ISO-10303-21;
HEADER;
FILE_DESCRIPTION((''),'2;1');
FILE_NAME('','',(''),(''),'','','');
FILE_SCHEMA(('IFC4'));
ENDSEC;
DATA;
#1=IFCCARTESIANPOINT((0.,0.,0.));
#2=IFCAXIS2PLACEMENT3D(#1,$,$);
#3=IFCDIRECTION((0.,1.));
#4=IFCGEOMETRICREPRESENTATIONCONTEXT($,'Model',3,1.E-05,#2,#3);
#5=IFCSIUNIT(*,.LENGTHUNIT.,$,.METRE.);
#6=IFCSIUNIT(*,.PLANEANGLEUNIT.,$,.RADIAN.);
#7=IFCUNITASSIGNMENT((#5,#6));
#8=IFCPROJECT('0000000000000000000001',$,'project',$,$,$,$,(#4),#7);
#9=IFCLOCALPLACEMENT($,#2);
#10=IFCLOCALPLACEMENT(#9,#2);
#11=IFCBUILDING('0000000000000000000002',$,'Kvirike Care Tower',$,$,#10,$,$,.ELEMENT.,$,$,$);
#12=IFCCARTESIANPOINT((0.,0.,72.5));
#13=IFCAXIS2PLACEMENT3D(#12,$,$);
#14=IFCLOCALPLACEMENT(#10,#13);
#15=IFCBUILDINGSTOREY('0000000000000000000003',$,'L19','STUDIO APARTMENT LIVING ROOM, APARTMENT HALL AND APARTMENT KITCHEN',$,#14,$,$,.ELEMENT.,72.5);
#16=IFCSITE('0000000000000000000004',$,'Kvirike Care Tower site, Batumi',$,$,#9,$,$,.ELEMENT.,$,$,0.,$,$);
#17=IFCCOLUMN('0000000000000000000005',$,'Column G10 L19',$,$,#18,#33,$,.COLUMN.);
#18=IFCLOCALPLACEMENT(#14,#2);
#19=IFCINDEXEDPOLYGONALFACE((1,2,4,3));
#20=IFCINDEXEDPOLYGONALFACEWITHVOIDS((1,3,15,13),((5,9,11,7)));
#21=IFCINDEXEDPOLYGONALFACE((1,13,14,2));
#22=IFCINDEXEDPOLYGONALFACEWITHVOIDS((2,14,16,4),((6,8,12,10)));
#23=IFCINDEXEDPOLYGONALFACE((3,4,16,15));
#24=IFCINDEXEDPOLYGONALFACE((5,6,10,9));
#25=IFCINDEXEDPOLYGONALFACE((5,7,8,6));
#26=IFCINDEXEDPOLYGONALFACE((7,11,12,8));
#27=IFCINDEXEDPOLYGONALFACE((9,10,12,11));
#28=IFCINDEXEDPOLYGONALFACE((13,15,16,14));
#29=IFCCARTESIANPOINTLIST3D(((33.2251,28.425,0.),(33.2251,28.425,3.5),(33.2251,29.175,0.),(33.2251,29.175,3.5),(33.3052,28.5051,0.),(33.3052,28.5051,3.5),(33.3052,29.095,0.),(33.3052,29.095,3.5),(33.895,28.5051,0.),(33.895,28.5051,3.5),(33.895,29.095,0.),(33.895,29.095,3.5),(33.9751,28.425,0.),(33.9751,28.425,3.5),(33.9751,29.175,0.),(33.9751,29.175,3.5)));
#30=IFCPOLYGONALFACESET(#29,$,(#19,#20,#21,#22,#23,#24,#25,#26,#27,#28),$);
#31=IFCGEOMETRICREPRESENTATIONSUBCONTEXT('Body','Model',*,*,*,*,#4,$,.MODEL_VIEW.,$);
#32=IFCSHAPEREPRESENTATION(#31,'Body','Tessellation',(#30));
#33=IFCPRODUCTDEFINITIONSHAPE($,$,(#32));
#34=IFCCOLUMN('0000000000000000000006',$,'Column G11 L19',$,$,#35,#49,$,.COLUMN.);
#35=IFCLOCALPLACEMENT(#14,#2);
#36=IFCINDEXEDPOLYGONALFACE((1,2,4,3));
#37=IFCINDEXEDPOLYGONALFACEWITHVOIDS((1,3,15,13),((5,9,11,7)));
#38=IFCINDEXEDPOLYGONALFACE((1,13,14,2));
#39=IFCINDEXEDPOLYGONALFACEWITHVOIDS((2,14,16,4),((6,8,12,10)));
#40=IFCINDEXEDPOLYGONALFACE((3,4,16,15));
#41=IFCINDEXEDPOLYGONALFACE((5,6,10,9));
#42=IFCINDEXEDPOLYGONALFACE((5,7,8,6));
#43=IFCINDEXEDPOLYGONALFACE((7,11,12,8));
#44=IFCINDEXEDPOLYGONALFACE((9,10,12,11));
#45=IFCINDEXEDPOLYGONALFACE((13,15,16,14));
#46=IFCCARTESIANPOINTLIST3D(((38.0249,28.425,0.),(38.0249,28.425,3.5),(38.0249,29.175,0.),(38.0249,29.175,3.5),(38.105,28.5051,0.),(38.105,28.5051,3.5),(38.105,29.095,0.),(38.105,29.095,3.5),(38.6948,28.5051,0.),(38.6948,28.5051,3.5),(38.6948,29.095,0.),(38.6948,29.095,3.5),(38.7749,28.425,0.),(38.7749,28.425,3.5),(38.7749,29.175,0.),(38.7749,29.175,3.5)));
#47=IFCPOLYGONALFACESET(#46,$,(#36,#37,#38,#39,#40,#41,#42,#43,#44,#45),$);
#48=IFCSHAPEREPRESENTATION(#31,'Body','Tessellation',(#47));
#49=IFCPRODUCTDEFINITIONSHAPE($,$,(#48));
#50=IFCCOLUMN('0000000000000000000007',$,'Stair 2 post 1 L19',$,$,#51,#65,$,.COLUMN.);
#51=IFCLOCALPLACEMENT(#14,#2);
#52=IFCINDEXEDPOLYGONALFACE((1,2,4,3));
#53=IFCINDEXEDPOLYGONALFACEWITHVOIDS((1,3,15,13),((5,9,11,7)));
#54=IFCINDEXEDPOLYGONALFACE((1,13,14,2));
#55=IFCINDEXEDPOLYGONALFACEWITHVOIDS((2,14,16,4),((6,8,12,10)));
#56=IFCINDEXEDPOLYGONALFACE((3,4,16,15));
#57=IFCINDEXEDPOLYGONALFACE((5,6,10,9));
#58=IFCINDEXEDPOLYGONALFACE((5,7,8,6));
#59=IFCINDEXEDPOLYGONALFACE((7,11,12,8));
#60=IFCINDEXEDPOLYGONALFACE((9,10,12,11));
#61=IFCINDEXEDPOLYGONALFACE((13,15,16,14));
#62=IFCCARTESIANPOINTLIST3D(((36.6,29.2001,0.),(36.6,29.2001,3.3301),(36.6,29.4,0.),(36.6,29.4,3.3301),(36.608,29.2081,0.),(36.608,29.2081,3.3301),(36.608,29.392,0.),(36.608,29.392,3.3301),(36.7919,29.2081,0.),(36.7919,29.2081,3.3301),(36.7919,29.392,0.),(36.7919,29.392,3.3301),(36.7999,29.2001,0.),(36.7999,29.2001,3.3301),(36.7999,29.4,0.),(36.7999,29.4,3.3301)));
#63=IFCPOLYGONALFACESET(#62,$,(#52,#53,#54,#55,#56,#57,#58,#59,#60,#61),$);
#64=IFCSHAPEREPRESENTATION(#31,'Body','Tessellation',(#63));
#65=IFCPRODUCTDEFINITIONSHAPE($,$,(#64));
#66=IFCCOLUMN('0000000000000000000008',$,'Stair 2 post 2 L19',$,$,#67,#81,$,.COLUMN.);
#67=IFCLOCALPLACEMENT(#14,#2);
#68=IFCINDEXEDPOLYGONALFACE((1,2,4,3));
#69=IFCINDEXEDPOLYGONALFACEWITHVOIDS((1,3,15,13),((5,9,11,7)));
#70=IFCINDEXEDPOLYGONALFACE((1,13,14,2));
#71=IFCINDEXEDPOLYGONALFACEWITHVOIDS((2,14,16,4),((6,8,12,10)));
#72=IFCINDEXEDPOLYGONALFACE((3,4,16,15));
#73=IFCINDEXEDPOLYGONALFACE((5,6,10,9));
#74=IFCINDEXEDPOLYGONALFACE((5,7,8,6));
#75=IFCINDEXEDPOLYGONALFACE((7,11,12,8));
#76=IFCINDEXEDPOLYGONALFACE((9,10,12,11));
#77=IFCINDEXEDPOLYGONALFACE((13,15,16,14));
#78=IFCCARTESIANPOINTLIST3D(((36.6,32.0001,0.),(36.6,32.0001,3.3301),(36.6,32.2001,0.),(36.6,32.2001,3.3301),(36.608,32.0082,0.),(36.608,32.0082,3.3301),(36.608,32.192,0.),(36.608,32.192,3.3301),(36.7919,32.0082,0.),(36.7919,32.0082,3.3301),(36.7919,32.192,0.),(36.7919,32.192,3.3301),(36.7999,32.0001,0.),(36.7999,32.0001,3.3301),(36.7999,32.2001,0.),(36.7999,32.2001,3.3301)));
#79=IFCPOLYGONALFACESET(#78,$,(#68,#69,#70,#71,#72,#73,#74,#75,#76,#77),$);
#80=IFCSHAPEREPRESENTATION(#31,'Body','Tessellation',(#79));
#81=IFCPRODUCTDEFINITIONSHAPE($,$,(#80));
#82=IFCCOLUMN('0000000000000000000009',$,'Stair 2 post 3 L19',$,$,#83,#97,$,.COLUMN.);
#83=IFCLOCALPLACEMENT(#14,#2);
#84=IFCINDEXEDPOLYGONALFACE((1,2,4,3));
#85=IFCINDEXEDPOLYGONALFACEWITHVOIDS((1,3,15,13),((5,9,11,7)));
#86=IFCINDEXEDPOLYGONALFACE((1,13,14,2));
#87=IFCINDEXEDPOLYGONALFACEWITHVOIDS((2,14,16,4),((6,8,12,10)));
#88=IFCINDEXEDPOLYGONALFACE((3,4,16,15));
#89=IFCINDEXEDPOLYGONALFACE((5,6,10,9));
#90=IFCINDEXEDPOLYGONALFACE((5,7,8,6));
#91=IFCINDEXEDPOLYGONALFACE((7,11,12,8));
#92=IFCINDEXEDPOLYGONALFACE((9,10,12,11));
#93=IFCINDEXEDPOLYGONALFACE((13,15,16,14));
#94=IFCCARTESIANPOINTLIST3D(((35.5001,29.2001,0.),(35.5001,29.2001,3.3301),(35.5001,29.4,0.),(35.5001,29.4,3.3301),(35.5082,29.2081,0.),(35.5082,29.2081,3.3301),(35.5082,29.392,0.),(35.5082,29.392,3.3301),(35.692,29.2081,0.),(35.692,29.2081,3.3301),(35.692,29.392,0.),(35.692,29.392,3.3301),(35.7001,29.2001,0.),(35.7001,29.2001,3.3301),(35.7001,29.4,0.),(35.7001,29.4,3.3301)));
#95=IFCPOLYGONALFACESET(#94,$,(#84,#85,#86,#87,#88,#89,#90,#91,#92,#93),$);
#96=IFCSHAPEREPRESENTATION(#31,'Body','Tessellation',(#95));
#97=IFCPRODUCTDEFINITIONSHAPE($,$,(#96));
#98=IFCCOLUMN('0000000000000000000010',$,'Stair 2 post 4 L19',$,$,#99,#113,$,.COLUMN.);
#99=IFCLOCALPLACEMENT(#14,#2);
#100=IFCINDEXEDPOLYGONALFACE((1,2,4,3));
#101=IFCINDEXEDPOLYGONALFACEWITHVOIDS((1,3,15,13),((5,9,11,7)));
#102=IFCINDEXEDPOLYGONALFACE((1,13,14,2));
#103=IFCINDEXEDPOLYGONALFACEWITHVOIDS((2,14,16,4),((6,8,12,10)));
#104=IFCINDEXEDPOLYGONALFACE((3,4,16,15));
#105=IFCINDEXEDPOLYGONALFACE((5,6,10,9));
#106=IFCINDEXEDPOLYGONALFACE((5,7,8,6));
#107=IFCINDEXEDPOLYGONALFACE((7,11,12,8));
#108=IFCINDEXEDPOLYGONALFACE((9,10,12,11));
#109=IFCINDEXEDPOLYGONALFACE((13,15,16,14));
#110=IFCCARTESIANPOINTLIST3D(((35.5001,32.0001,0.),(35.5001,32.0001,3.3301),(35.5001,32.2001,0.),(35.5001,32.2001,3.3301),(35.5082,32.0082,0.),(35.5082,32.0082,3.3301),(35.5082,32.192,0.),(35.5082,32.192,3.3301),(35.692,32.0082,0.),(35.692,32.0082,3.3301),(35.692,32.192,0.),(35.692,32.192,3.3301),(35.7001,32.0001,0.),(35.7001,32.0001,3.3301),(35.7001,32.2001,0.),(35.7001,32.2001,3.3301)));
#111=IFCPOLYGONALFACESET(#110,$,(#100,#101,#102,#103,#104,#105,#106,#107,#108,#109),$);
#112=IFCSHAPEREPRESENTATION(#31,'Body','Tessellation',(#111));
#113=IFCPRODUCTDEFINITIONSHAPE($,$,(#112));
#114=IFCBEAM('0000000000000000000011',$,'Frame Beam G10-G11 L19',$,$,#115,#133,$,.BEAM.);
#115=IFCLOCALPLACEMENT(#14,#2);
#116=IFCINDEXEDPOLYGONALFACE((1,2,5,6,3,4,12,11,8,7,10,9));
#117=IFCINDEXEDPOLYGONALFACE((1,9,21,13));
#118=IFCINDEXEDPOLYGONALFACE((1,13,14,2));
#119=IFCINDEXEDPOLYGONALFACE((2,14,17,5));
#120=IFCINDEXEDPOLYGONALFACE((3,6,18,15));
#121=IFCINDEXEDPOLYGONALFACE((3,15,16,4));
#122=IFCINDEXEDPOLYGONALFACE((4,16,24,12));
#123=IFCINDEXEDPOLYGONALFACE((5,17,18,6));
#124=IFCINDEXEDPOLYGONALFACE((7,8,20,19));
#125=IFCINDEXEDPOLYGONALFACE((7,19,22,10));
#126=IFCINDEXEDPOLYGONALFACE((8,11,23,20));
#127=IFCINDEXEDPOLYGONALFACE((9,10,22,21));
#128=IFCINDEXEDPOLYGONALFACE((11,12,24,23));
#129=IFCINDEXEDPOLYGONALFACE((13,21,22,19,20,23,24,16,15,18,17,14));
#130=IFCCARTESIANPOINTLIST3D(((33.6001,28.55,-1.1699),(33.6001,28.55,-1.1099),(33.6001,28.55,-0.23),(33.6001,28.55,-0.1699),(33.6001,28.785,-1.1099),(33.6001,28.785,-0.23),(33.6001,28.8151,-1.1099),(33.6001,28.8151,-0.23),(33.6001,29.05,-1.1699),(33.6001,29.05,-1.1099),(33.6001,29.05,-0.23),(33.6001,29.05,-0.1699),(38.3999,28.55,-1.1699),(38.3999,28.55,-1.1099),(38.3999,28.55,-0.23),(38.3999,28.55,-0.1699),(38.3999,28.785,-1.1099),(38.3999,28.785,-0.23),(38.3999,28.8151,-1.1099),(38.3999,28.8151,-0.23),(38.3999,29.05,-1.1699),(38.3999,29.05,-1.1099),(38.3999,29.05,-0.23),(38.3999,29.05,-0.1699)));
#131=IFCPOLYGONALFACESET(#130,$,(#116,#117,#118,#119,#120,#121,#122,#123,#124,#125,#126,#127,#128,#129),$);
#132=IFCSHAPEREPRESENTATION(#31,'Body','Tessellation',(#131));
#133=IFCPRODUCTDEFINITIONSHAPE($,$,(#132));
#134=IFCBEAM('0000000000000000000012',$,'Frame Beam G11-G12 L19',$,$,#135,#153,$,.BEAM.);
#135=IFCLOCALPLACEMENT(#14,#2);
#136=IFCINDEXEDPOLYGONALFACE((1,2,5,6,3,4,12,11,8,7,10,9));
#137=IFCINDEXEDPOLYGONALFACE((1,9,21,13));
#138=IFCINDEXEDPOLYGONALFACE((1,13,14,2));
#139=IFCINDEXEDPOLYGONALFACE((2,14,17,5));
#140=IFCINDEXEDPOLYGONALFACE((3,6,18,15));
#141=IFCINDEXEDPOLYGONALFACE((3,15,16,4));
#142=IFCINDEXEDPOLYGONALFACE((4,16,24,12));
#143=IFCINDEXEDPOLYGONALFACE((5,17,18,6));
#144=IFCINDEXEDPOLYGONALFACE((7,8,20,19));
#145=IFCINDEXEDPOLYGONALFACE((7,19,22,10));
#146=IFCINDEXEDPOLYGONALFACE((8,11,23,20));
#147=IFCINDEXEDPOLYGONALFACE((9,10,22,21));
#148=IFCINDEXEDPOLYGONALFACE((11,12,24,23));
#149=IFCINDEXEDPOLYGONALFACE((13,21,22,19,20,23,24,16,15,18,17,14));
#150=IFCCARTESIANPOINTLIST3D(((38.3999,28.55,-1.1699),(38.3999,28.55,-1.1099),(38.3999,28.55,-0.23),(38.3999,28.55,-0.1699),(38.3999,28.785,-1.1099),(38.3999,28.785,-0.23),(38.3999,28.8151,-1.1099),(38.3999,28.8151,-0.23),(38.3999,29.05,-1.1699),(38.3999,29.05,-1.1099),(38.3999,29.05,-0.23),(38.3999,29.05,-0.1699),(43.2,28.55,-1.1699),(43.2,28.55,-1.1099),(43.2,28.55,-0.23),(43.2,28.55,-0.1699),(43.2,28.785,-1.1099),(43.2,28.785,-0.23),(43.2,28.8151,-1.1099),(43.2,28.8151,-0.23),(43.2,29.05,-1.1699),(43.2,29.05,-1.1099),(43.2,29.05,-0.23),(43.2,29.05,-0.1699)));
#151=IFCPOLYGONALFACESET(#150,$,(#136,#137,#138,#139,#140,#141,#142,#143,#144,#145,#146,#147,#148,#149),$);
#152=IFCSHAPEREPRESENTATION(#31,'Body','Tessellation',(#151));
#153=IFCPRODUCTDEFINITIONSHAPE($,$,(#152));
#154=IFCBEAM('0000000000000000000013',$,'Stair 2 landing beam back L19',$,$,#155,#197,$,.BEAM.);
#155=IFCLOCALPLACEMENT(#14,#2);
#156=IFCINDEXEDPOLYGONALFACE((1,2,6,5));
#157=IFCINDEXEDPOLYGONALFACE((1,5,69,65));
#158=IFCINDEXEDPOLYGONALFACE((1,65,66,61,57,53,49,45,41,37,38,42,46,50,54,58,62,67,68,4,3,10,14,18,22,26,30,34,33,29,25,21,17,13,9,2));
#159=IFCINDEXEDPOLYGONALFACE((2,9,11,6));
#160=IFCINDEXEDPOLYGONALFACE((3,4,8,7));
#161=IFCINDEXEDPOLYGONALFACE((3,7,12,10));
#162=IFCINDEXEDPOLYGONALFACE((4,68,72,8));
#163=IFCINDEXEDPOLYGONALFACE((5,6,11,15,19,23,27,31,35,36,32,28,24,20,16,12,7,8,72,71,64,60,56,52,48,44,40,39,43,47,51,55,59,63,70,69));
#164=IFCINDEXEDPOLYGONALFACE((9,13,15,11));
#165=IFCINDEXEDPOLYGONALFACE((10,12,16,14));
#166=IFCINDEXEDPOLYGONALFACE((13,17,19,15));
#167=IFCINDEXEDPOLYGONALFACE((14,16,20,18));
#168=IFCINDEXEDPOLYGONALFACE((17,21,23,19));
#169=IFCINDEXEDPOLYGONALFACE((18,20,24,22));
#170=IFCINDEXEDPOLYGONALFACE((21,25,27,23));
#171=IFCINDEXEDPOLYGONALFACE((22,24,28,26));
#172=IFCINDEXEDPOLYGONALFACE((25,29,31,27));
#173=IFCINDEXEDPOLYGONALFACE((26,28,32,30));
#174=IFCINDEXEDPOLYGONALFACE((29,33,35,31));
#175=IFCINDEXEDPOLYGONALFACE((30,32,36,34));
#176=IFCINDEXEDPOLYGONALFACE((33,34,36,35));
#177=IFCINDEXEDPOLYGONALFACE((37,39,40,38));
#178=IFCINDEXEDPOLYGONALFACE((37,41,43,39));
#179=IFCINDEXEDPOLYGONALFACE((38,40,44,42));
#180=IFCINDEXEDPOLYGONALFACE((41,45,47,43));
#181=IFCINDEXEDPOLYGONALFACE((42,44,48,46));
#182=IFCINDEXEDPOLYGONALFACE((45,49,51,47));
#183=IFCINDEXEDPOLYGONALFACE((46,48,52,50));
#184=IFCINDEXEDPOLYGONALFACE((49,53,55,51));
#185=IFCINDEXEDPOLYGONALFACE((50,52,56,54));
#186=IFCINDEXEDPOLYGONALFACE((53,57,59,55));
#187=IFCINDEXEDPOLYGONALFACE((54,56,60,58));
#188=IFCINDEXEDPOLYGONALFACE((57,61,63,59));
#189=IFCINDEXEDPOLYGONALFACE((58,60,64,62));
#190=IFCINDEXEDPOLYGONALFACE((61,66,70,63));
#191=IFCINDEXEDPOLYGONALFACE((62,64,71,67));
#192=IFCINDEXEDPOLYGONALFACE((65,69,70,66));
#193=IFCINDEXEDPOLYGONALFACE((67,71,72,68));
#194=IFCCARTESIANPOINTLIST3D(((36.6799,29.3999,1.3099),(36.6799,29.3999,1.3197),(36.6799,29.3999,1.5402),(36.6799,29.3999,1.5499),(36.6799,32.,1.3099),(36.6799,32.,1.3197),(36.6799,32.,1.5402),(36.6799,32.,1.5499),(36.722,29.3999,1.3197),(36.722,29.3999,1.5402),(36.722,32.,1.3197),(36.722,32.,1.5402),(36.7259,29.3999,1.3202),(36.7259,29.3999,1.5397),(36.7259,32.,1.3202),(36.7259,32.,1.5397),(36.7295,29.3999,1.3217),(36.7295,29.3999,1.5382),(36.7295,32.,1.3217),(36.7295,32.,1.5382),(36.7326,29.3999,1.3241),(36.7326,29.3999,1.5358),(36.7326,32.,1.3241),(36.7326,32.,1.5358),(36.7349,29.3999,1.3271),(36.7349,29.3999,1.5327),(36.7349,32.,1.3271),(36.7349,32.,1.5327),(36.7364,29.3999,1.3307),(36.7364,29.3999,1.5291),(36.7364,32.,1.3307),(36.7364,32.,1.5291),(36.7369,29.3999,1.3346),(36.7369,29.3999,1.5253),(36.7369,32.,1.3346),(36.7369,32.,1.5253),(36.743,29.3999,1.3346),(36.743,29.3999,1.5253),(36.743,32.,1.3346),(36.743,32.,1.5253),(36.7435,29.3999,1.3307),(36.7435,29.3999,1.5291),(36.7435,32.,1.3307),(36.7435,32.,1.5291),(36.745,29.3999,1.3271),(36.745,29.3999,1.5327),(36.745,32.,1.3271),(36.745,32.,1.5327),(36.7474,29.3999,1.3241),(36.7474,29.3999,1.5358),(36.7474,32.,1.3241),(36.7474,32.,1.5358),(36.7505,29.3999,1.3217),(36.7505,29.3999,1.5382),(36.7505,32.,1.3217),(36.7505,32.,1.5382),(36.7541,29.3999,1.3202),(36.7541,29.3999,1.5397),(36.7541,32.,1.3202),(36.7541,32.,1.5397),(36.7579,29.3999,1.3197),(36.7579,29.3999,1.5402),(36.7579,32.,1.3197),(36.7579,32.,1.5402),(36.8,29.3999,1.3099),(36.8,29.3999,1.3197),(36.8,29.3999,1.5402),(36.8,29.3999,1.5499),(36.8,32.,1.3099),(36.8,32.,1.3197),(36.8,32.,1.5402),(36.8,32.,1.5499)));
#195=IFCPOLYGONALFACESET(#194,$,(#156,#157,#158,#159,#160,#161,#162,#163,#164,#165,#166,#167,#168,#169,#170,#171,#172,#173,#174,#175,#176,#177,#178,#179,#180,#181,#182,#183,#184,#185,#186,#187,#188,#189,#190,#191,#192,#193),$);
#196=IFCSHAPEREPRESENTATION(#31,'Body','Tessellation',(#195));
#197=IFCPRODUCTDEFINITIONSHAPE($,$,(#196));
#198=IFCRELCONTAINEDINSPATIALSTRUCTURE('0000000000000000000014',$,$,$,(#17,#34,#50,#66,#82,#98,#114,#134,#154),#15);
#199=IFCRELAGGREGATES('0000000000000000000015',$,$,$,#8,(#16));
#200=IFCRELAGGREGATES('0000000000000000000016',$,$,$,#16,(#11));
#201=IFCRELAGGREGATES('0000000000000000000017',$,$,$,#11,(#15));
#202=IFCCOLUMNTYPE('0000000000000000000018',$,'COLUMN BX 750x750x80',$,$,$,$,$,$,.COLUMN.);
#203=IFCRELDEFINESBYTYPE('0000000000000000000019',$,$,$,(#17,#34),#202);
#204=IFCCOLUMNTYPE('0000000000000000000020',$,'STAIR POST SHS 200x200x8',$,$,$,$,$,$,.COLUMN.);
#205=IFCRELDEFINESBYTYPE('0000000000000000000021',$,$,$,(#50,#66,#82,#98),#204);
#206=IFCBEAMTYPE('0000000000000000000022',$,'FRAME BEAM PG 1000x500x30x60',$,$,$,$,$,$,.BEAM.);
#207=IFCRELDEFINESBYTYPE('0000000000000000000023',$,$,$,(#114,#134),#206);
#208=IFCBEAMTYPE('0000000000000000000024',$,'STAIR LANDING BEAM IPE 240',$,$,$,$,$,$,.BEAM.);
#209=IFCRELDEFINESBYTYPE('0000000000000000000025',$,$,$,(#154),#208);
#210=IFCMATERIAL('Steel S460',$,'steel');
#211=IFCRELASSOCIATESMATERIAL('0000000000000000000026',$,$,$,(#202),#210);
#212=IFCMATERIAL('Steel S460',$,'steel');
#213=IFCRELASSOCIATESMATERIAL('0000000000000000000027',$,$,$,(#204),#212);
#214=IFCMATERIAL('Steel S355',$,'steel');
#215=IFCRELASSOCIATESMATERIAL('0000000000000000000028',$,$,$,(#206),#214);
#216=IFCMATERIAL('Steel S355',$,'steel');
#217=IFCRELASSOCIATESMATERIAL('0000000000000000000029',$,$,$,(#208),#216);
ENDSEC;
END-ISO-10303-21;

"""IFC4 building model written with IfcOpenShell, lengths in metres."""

from ifc_helpers import new_model, si_unit, direction, frame, origin, origin_2d, place, context, subcontext, project, spatial, hollow_rectangle, i_section, extrude, material, material_profile, profile_set, type_object, element, save


model = new_model("IFC4")

# Units and contexts
model_context = context("Model", 3, precision=1e-05, world=origin(), true_north=direction((0.0, 1.0)))
body_context = subcontext(model_context, "Body", "Model", "MODEL_VIEW")
ifc_project = project(units=[si_unit("LENGTHUNIT", "METRE"), si_unit("PLANEANGLEUNIT", "RADIAN")], contexts=[model_context])

# Site, building, storey
site_placement = place(None, origin())
site = spatial("IfcSite", under=ifc_project, at=site_placement, Name="Kvirike Care Tower site, Batumi", CompositionType="ELEMENT", RefElevation=0.0)
building_placement = place(site_placement, origin())
building = spatial("IfcBuilding", under=site, at=building_placement, Name="Kvirike Care Tower", CompositionType="ELEMENT")
storey_placement = place(building_placement, frame((0.0, 0.0, 72.5)))
storey = spatial("IfcBuildingStorey", under=building, at=storey_placement, Name="L19", Description="STUDIO APARTMENT LIVING ROOM, APARTMENT HALL AND APARTMENT KITCHEN", CompositionType="ELEMENT", Elevation=72.5)

# Columns
ifc_material_1 = material(Name="Steel S460", Category="steel")
ifc_material_profile_1 = material_profile(ifc_material_1, hollow_rectangle(XDim=0.75, YDim=0.75, WallThickness=0.0801, at=origin_2d()), Name="BX 750x750x80")
ifc_profile_set_1 = profile_set([ifc_material_profile_1], Name="Steel S460")
column_type_1 = type_object("IfcColumnType", Name="COLUMN BX 750x750x80", PredefinedType="COLUMN", material=ifc_profile_set_1)
for number, where, z_axis, x_axis, name in (
    (1, (33.6001, 28.8, 0.0), (0.0, 0.0, 1.0), (0.0, 1.0, 0.0), "Column G10 L19"),
    (2, (38.3999, 28.8, 0.0), (0.0, 0.0, 1.0), (0.0, 1.0, 0.0), "Column G11 L19"),
):
    element("IfcColumn", number, at=place(storey_placement, frame(where, z_axis=z_axis, x_axis=x_axis)), inside=storey, type_object=column_type_1, Name=name, PredefinedType="COLUMN", context=body_context, shape_type="SweptSolid", body=[
        extrude(hollow_rectangle(XDim=0.75, YDim=0.75, WallThickness=0.0801, at=origin_2d()), origin(), (0.0, 0.0, 1.0), 3.5),
    ])
ifc_material_2 = material(Name="Steel S460", Category="steel")
ifc_material_profile_2 = material_profile(ifc_material_2, hollow_rectangle(XDim=0.2, YDim=0.2, WallThickness=0.0081, at=origin_2d()), Name="SHS 200x200x8")
ifc_profile_set_2 = profile_set([ifc_material_profile_2], Name="Steel S460")
column_type_2 = type_object("IfcColumnType", Name="STAIR POST SHS 200x200x8", PredefinedType="COLUMN", material=ifc_profile_set_2)
for number, where, z_axis, x_axis, name in (
    (3, (36.7, 29.3, 0.0), (0.0, 0.0, 1.0), (1.0, 0.0, 0.0), "Stair 2 post 1 L19"),
    (4, (36.7, 32.1001, 0.0), (0.0, 0.0, 1.0), (1.0, 0.0, 0.0), "Stair 2 post 2 L19"),
    (5, (35.6001, 29.3, 0.0), (0.0, 0.0, 1.0), (1.0, 0.0, 0.0), "Stair 2 post 3 L19"),
    (6, (35.6001, 32.1001, 0.0), (0.0, 0.0, 1.0), (1.0, 0.0, 0.0), "Stair 2 post 4 L19"),
):
    element("IfcColumn", number, at=place(storey_placement, frame(where, z_axis=z_axis, x_axis=x_axis)), inside=storey, type_object=column_type_2, Name=name, PredefinedType="COLUMN", context=body_context, shape_type="SweptSolid", body=[
        extrude(hollow_rectangle(XDim=0.2, YDim=0.2, WallThickness=0.0081, at=origin_2d()), origin(), (0.0, 0.0, 1.0), 3.3301),
    ])

# Beams
ifc_material_3 = material(Name="Steel S355", Category="steel")
ifc_material_profile_3 = material_profile(ifc_material_3, i_section(OverallWidth=0.5, OverallDepth=1.0, WebThickness=0.03, FlangeThickness=0.0601, at=origin_2d()), Name="PG 1000x500x30x60")
ifc_profile_set_3 = profile_set([ifc_material_profile_3], Name="Steel S355")
beam_type_1 = type_object("IfcBeamType", Name="FRAME BEAM PG 1000x500x30x60", PredefinedType="BEAM", material=ifc_profile_set_3)
beam_1_placement = place(storey_placement, frame((33.6001, 28.8, -0.6699), z_axis=(1.0, 0.0, 0.0), x_axis=(0.0, 1.0, 0.0)))
element("IfcBeam", 7, at=beam_1_placement, inside=storey, type_object=beam_type_1, Name="Frame Beam G10-G11 L19", PredefinedType="BEAM", context=body_context, shape_type="SweptSolid", body=[
    extrude(i_section(OverallWidth=0.5, OverallDepth=1.0, WebThickness=0.03, FlangeThickness=0.0601, at=origin_2d()), origin(), (0.0, 0.0, 1.0), 4.7998),
])
beam_2_placement = place(storey_placement, frame((38.3999, 28.8, -0.6699), z_axis=(1.0, 0.0, 0.0), x_axis=(0.0, 1.0, 0.0)))
element("IfcBeam", 8, at=beam_2_placement, inside=storey, type_object=beam_type_1, Name="Frame Beam G11-G12 L19", PredefinedType="BEAM", context=body_context, shape_type="SweptSolid", body=[
    extrude(i_section(OverallWidth=0.5, OverallDepth=1.0, WebThickness=0.03, FlangeThickness=0.0601, at=origin_2d()), origin(), (0.0, 0.0, 1.0), 4.8),
])
ifc_material_4 = material(Name="Steel S355", Category="steel")
ifc_material_profile_4 = material_profile(ifc_material_4, i_section(OverallWidth=0.1201, OverallDepth=0.24, WebThickness=0.0061, FlangeThickness=0.0098, FilletRadius=0.0149, at=origin_2d()), Name="IPE 240")
ifc_profile_set_4 = profile_set([ifc_material_profile_4], Name="Steel S355")
beam_type_2 = type_object("IfcBeamType", Name="STAIR LANDING BEAM IPE 240", PredefinedType="BEAM", material=ifc_profile_set_4)
for number, where, z_axis, x_axis, name in (
    (9, (36.74, 29.3999, 1.4299), (0.0, 1.0, 0.0), (-1.0, 0.0, 0.0), "Stair 2 landing beam back L19"),
):
    element("IfcBeam", number, at=place(storey_placement, frame(where, z_axis=z_axis, x_axis=x_axis)), inside=storey, type_object=beam_type_2, Name=name, PredefinedType="BEAM", context=body_context, shape_type="SweptSolid", body=[
        extrude(i_section(OverallWidth=0.1201, OverallDepth=0.24, WebThickness=0.0061, FlangeThickness=0.0098, FilletRadius=0.0149, at=origin_2d()), origin(), (0.0, 0.0, 1.0), 2.6001),
    ])

save(model, "model.ifc")
